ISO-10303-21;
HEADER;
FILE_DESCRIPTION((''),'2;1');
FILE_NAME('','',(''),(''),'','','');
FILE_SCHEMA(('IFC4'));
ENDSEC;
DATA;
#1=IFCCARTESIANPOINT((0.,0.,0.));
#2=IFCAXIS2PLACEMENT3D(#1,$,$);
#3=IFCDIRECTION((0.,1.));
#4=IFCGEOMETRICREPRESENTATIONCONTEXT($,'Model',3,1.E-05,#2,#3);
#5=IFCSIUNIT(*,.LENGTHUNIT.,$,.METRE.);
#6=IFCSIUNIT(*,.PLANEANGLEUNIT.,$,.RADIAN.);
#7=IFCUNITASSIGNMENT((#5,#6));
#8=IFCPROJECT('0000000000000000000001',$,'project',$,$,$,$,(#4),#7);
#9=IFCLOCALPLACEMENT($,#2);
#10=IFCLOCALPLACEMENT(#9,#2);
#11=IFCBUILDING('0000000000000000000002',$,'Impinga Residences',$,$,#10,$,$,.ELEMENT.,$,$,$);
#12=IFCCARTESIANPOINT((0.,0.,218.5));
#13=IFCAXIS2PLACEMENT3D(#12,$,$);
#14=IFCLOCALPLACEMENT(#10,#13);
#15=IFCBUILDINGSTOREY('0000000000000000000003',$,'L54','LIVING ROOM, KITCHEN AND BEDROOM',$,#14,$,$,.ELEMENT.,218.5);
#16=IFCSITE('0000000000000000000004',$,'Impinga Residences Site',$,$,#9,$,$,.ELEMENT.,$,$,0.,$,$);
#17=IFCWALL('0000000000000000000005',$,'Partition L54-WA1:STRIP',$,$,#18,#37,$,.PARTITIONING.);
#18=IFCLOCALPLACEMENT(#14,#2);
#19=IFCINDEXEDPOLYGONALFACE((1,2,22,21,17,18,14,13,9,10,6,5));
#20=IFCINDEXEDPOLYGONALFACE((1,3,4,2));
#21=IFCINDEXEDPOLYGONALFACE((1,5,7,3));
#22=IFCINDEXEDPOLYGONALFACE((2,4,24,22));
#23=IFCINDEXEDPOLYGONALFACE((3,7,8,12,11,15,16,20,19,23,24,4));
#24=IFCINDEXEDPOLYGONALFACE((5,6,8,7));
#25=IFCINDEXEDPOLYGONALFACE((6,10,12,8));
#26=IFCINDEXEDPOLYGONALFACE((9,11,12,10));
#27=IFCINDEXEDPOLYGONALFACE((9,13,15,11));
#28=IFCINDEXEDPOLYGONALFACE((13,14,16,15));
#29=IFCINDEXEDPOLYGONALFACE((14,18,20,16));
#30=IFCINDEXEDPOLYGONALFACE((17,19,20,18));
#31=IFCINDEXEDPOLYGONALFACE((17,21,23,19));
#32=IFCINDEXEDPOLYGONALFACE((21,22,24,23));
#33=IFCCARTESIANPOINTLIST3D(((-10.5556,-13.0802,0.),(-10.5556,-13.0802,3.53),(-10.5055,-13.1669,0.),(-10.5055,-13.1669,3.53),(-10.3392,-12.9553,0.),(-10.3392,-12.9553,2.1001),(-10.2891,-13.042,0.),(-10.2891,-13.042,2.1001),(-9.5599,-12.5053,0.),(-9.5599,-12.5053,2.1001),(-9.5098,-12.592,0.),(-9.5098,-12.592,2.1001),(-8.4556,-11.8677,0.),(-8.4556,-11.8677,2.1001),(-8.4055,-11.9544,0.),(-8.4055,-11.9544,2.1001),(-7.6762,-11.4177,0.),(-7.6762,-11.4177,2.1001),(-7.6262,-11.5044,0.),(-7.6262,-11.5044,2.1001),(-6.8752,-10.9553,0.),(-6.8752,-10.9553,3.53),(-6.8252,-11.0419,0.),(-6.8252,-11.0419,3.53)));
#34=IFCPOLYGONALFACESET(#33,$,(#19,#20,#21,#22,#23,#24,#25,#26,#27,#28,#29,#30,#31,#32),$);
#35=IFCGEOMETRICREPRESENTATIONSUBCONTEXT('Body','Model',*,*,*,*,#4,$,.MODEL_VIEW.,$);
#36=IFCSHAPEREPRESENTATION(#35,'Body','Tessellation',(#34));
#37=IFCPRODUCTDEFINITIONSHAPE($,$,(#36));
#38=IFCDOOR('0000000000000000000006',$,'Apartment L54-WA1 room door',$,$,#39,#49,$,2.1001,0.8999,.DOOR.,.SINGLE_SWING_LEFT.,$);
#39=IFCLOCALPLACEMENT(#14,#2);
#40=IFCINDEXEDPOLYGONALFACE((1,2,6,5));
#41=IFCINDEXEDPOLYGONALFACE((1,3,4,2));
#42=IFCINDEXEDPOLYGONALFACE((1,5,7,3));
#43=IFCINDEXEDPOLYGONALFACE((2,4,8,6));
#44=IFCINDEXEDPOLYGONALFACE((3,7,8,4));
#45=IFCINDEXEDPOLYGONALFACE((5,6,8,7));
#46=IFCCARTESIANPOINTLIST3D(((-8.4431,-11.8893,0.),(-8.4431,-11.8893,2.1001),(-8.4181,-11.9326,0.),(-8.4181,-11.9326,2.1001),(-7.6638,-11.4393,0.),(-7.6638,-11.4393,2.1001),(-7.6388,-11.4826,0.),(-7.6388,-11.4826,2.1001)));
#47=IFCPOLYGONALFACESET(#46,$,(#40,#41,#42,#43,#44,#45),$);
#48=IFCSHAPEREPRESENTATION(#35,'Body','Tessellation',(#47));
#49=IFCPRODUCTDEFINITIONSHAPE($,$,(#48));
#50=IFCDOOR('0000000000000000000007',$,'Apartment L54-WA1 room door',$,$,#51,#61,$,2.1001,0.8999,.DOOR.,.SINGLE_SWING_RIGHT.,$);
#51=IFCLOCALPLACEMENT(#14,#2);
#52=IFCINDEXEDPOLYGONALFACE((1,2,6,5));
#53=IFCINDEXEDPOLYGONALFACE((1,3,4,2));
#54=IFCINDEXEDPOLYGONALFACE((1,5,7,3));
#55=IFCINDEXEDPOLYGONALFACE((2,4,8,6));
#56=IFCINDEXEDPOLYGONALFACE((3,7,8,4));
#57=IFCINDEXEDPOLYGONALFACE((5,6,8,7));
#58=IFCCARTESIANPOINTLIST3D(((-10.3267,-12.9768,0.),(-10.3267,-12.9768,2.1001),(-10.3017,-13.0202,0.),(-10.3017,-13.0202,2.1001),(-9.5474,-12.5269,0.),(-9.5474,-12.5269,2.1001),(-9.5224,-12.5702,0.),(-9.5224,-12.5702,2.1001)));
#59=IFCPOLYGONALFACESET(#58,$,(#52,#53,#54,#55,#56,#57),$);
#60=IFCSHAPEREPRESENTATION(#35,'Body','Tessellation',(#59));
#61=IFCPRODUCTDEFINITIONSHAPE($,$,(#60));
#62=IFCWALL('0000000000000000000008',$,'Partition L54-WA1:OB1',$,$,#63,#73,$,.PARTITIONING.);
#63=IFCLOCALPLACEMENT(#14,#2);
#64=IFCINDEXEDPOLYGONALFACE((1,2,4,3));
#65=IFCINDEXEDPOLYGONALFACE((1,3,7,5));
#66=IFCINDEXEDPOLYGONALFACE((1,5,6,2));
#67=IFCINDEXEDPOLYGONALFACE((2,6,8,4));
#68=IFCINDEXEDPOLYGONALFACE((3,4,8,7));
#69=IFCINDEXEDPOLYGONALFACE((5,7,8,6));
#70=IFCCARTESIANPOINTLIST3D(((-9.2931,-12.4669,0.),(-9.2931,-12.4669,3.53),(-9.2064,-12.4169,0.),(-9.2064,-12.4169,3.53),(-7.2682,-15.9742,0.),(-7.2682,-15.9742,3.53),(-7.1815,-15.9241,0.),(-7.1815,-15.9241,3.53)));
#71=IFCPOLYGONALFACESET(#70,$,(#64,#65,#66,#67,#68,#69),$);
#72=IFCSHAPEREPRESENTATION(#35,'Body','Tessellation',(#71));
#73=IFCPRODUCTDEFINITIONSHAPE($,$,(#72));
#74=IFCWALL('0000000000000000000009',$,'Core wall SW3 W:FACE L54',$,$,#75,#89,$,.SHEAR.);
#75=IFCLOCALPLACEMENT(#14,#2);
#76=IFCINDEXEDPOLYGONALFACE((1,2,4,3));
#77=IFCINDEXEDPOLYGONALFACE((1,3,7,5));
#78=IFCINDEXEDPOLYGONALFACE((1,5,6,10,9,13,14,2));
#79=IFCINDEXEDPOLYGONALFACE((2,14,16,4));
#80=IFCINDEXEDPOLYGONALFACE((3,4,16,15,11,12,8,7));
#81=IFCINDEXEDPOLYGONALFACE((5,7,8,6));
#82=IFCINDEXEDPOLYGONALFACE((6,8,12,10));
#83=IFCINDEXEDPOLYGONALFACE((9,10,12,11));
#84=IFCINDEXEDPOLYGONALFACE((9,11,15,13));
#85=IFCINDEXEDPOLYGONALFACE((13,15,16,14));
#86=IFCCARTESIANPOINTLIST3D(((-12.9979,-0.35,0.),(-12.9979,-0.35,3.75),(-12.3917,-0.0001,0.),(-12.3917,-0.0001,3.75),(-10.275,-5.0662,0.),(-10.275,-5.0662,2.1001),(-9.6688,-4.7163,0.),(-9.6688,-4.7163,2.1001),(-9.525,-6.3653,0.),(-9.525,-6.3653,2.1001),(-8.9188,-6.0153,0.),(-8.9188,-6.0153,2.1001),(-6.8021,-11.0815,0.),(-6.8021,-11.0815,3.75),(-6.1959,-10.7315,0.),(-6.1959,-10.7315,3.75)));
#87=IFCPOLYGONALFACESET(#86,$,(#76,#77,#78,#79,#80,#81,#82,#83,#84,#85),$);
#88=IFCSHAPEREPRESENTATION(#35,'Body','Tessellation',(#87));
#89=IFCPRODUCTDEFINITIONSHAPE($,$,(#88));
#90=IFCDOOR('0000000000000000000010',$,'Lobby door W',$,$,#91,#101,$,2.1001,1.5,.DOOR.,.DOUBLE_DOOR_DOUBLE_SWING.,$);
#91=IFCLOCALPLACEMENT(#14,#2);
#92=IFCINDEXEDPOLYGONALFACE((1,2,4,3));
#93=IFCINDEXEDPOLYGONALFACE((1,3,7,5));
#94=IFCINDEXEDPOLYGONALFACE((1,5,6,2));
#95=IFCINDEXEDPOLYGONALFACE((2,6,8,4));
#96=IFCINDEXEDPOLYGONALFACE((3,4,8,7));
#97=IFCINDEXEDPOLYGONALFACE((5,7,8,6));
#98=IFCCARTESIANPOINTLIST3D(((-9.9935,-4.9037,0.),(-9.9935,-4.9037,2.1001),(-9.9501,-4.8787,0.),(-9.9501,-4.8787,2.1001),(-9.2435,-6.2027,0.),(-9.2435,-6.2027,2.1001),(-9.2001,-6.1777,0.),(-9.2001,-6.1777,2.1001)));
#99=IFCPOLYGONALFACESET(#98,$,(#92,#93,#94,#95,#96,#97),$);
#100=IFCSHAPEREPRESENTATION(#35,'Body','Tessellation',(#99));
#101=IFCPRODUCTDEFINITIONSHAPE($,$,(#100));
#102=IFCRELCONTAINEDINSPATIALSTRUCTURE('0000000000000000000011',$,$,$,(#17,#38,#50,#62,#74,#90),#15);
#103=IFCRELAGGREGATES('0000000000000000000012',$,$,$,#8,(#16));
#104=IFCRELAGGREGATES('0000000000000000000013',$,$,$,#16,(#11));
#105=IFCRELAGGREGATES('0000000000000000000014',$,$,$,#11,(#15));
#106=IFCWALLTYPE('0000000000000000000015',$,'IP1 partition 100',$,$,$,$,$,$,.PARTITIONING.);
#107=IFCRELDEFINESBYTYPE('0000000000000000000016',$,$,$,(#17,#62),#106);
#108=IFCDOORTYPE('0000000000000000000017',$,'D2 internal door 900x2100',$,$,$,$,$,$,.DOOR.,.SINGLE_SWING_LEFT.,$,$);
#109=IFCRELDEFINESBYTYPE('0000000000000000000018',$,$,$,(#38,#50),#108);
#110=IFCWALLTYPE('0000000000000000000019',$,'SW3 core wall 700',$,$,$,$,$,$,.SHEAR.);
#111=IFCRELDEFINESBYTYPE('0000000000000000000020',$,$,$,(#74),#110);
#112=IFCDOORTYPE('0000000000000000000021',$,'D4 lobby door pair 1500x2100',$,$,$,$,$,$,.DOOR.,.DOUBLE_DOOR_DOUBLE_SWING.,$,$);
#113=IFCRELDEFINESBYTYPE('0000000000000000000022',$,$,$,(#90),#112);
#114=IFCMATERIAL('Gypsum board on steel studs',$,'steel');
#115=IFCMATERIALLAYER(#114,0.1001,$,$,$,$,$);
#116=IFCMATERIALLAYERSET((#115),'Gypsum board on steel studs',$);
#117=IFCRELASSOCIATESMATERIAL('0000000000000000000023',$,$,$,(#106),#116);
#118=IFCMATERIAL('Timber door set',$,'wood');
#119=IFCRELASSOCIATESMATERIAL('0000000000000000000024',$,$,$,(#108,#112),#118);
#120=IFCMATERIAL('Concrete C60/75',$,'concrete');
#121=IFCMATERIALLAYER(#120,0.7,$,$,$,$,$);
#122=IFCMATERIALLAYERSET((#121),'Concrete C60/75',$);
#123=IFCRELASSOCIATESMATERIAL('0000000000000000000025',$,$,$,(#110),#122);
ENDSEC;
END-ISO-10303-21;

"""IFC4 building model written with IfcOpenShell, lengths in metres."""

from ifc_helpers import new_model, si_unit, direction, frame, frame_2d, origin, place, context, subcontext, project, spatial, rectangle, extrude, material, layer, layer_set, type_object, element, fill, save


model = new_model("IFC4")

# Units and contexts
model_context = context("Model", 3, precision=1e-05, world=origin(), true_north=direction((0.0, 1.0)))
body_context = subcontext(model_context, "Body", "Model", "MODEL_VIEW")
ifc_project = project(units=[si_unit("LENGTHUNIT", "METRE"), si_unit("PLANEANGLEUNIT", "RADIAN")], contexts=[model_context])

# Site, building, storey
site_placement = place(None, origin())
site = spatial("IfcSite", under=ifc_project, at=site_placement, Name="Impinga Residences Site", CompositionType="ELEMENT", RefElevation=0.0)
building_placement = place(site_placement, origin())
building = spatial("IfcBuilding", under=site, at=building_placement, Name="Impinga Residences", CompositionType="ELEMENT")
storey_placement = place(building_placement, frame((0.0, 0.0, 218.5)))
storey = spatial("IfcBuildingStorey", under=building, at=storey_placement, Name="L54", Description="LIVING ROOM, KITCHEN AND BEDROOM", CompositionType="ELEMENT", Elevation=218.5)

# Shared definitions
ifc_material_1 = material(Name="Concrete C60/75", Category="concrete")

# Shared definitions
ifc_material_2 = material(Name="Gypsum board on steel studs", Category="steel")
ifc_layer_1 = layer(ifc_material_2, 0.1001)
ifc_layer_set_1 = layer_set([ifc_layer_1], Name="Gypsum board on steel studs")
wall_type_1 = type_object("IfcWallType", Name="IP1 partition 100", PredefinedType="PARTITIONING", material=ifc_layer_set_1)

# Wall, openings, doors
wall_1_placement = place(storey_placement, frame((-6.8501, -10.9985, 0.0), z_axis=(0.0, 0.0, 1.0), x_axis=(-0.866014, -0.500019, 0.0)))
wall_1 = element("IfcWall", 1, at=wall_1_placement, inside=storey, type_object=wall_type_1, Name="Partition L54-WA1:STRIP", PredefinedType="PARTITIONING", context=body_context, shape_type="SweptSolid", body=[
    extrude(rectangle(XDim=4.2498, YDim=0.1001, at=frame_2d((2.125, 0.0))), origin(), (0.0, 0.0, 1.0), 3.53),
])
opening_1_placement = place(wall_1_placement, frame((0.925, 0.0, 0.0)))
opening_1 = element("IfcOpeningElement", 2, at=opening_1_placement, cuts=wall_1, PredefinedType="OPENING", context=body_context, shape_type="SweptSolid", body=[
    extrude(rectangle(XDim=0.8999, YDim=2.1001, at=frame_2d((0.45, 1.05))), frame((0.0, 0.0601, 0.0), z_axis=(0.0, -1.0, 0.0), x_axis=(1.0, 0.0, 0.0)), (0.0, 0.0, 1.0), 0.1201),
])
opening_2_placement = place(wall_1_placement, frame((3.1001, 0.0, 0.0)))
opening_2 = element("IfcOpeningElement", 3, at=opening_2_placement, cuts=wall_1, PredefinedType="OPENING", context=body_context, shape_type="SweptSolid", body=[
    extrude(rectangle(XDim=0.8999, YDim=2.1001, at=frame_2d((0.45, 1.05))), frame((0.0, 0.0601, 0.0), z_axis=(0.0, -1.0, 0.0), x_axis=(1.0, 0.0, 0.0)), (0.0, 0.0, 1.0), 0.1201),
])
ifc_material_3 = material(Name="Timber door set", Category="wood")
door_type_1 = type_object("IfcDoorType", Name="D2 internal door 900x2100", OperationType="SINGLE_SWING_LEFT", PredefinedType="DOOR", material=ifc_material_3)
door_1_placement = place(opening_1_placement, origin())
door_1 = element("IfcDoor", 4, at=door_1_placement, inside=storey, type_object=door_type_1, Name="Apartment L54-WA1 room door", OperationType="SINGLE_SWING_LEFT", OverallHeight=2.1001, OverallWidth=0.8999, PredefinedType="DOOR", context=body_context, shape_type="SweptSolid", body=[
    extrude(rectangle(XDim=0.8999, YDim=2.1001, at=frame_2d((0.45, 1.05))), frame((0.0, 0.0249, 0.0), z_axis=(0.0, -1.0, 0.0), x_axis=(1.0, 0.0, 0.0)), (0.0, 0.0, 1.0), 0.05),
])
fill(opening_1, door_1)
door_2_placement = place(opening_2_placement, origin())
door_2 = element("IfcDoor", 5, at=door_2_placement, inside=storey, type_object=door_type_1, Name="Apartment L54-WA1 room door", OperationType="SINGLE_SWING_RIGHT", OverallHeight=2.1001, OverallWidth=0.8999, PredefinedType="DOOR", context=body_context, shape_type="SweptSolid", body=[
    extrude(rectangle(XDim=0.8999, YDim=2.1001, at=frame_2d((0.45, 1.05))), frame((0.0, 0.0249, 0.0), z_axis=(0.0, -1.0, 0.0), x_axis=(1.0, 0.0, 0.0)), (0.0, 0.0, 1.0), 0.05),
])
fill(opening_2, door_2)

# Wall
wall_2_placement = place(storey_placement, frame((-9.2498, -12.4419, 0.0), z_axis=(0.0, 0.0, 1.0), x_axis=(0.49999, -0.866031, 0.0)))
element("IfcWall", 6, at=wall_2_placement, inside=storey, type_object=wall_type_1, Name="Partition L54-WA1:OB1", PredefinedType="PARTITIONING", context=body_context, shape_type="SweptSolid", body=[
    extrude(rectangle(XDim=4.0498, YDim=0.1001, at=frame_2d((2.0249, 0.0))), origin(), (0.0, 0.0, 1.0), 3.53),
])

# Wall, opening, door
ifc_layer_2 = layer(ifc_material_1, 0.7)
ifc_layer_set_2 = layer_set([ifc_layer_2], Name="Concrete C60/75")
wall_type_2 = type_object("IfcWallType", Name="SW3 core wall 700", PredefinedType="SHEAR", material=ifc_layer_set_2)
wall_3_placement = place(storey_placement, frame((-6.499, -10.9065, 0.0), z_axis=(0.0, 0.0, 1.0), x_axis=(-0.5, 0.866025, 0.0)))
wall_3 = element("IfcWall", 7, at=wall_3_placement, inside=storey, type_object=wall_type_2, Name="Core wall SW3 W:FACE L54", PredefinedType="SHEAR", context=body_context, shape_type="SweptSolid", body=[
    extrude(rectangle(XDim=12.3916, YDim=0.7, at=frame_2d((6.1958, 0.0))), origin(), (0.0, 0.0, 1.0), 3.75),
])
opening_3_placement = place(wall_3_placement, frame((5.4458, 0.0, 0.0)))
opening_3 = element("IfcOpeningElement", 8, at=opening_3_placement, cuts=wall_3, PredefinedType="OPENING", context=body_context, shape_type="SweptSolid", body=[
    extrude(rectangle(XDim=1.5, YDim=2.1001, at=frame_2d((0.75, 1.05))), frame((0.0, 0.3599, 0.0), z_axis=(0.0, -1.0, 0.0), x_axis=(1.0, 0.0, 0.0)), (0.0, 0.0, 1.0), 0.72),
])
door_type_2 = type_object("IfcDoorType", Name="D4 lobby door pair 1500x2100", OperationType="DOUBLE_DOOR_DOUBLE_SWING", PredefinedType="DOOR", material=ifc_material_3)
door_3_placement = place(opening_3_placement, origin())
door_3 = element("IfcDoor", 9, at=door_3_placement, inside=storey, type_object=door_type_2, Name="Lobby door W", OperationType="DOUBLE_DOOR_DOUBLE_SWING", OverallHeight=2.1001, OverallWidth=1.5, PredefinedType="DOOR", context=body_context, shape_type="SweptSolid", body=[
    extrude(rectangle(XDim=1.5, YDim=2.1001, at=frame_2d((0.75, 1.05))), frame((0.0, 0.0249, 0.0), z_axis=(0.0, -1.0, 0.0), x_axis=(1.0, 0.0, 0.0)), (0.0, 0.0, 1.0), 0.05),
])
fill(opening_3, door_3)

save(model, "model.ifc")
